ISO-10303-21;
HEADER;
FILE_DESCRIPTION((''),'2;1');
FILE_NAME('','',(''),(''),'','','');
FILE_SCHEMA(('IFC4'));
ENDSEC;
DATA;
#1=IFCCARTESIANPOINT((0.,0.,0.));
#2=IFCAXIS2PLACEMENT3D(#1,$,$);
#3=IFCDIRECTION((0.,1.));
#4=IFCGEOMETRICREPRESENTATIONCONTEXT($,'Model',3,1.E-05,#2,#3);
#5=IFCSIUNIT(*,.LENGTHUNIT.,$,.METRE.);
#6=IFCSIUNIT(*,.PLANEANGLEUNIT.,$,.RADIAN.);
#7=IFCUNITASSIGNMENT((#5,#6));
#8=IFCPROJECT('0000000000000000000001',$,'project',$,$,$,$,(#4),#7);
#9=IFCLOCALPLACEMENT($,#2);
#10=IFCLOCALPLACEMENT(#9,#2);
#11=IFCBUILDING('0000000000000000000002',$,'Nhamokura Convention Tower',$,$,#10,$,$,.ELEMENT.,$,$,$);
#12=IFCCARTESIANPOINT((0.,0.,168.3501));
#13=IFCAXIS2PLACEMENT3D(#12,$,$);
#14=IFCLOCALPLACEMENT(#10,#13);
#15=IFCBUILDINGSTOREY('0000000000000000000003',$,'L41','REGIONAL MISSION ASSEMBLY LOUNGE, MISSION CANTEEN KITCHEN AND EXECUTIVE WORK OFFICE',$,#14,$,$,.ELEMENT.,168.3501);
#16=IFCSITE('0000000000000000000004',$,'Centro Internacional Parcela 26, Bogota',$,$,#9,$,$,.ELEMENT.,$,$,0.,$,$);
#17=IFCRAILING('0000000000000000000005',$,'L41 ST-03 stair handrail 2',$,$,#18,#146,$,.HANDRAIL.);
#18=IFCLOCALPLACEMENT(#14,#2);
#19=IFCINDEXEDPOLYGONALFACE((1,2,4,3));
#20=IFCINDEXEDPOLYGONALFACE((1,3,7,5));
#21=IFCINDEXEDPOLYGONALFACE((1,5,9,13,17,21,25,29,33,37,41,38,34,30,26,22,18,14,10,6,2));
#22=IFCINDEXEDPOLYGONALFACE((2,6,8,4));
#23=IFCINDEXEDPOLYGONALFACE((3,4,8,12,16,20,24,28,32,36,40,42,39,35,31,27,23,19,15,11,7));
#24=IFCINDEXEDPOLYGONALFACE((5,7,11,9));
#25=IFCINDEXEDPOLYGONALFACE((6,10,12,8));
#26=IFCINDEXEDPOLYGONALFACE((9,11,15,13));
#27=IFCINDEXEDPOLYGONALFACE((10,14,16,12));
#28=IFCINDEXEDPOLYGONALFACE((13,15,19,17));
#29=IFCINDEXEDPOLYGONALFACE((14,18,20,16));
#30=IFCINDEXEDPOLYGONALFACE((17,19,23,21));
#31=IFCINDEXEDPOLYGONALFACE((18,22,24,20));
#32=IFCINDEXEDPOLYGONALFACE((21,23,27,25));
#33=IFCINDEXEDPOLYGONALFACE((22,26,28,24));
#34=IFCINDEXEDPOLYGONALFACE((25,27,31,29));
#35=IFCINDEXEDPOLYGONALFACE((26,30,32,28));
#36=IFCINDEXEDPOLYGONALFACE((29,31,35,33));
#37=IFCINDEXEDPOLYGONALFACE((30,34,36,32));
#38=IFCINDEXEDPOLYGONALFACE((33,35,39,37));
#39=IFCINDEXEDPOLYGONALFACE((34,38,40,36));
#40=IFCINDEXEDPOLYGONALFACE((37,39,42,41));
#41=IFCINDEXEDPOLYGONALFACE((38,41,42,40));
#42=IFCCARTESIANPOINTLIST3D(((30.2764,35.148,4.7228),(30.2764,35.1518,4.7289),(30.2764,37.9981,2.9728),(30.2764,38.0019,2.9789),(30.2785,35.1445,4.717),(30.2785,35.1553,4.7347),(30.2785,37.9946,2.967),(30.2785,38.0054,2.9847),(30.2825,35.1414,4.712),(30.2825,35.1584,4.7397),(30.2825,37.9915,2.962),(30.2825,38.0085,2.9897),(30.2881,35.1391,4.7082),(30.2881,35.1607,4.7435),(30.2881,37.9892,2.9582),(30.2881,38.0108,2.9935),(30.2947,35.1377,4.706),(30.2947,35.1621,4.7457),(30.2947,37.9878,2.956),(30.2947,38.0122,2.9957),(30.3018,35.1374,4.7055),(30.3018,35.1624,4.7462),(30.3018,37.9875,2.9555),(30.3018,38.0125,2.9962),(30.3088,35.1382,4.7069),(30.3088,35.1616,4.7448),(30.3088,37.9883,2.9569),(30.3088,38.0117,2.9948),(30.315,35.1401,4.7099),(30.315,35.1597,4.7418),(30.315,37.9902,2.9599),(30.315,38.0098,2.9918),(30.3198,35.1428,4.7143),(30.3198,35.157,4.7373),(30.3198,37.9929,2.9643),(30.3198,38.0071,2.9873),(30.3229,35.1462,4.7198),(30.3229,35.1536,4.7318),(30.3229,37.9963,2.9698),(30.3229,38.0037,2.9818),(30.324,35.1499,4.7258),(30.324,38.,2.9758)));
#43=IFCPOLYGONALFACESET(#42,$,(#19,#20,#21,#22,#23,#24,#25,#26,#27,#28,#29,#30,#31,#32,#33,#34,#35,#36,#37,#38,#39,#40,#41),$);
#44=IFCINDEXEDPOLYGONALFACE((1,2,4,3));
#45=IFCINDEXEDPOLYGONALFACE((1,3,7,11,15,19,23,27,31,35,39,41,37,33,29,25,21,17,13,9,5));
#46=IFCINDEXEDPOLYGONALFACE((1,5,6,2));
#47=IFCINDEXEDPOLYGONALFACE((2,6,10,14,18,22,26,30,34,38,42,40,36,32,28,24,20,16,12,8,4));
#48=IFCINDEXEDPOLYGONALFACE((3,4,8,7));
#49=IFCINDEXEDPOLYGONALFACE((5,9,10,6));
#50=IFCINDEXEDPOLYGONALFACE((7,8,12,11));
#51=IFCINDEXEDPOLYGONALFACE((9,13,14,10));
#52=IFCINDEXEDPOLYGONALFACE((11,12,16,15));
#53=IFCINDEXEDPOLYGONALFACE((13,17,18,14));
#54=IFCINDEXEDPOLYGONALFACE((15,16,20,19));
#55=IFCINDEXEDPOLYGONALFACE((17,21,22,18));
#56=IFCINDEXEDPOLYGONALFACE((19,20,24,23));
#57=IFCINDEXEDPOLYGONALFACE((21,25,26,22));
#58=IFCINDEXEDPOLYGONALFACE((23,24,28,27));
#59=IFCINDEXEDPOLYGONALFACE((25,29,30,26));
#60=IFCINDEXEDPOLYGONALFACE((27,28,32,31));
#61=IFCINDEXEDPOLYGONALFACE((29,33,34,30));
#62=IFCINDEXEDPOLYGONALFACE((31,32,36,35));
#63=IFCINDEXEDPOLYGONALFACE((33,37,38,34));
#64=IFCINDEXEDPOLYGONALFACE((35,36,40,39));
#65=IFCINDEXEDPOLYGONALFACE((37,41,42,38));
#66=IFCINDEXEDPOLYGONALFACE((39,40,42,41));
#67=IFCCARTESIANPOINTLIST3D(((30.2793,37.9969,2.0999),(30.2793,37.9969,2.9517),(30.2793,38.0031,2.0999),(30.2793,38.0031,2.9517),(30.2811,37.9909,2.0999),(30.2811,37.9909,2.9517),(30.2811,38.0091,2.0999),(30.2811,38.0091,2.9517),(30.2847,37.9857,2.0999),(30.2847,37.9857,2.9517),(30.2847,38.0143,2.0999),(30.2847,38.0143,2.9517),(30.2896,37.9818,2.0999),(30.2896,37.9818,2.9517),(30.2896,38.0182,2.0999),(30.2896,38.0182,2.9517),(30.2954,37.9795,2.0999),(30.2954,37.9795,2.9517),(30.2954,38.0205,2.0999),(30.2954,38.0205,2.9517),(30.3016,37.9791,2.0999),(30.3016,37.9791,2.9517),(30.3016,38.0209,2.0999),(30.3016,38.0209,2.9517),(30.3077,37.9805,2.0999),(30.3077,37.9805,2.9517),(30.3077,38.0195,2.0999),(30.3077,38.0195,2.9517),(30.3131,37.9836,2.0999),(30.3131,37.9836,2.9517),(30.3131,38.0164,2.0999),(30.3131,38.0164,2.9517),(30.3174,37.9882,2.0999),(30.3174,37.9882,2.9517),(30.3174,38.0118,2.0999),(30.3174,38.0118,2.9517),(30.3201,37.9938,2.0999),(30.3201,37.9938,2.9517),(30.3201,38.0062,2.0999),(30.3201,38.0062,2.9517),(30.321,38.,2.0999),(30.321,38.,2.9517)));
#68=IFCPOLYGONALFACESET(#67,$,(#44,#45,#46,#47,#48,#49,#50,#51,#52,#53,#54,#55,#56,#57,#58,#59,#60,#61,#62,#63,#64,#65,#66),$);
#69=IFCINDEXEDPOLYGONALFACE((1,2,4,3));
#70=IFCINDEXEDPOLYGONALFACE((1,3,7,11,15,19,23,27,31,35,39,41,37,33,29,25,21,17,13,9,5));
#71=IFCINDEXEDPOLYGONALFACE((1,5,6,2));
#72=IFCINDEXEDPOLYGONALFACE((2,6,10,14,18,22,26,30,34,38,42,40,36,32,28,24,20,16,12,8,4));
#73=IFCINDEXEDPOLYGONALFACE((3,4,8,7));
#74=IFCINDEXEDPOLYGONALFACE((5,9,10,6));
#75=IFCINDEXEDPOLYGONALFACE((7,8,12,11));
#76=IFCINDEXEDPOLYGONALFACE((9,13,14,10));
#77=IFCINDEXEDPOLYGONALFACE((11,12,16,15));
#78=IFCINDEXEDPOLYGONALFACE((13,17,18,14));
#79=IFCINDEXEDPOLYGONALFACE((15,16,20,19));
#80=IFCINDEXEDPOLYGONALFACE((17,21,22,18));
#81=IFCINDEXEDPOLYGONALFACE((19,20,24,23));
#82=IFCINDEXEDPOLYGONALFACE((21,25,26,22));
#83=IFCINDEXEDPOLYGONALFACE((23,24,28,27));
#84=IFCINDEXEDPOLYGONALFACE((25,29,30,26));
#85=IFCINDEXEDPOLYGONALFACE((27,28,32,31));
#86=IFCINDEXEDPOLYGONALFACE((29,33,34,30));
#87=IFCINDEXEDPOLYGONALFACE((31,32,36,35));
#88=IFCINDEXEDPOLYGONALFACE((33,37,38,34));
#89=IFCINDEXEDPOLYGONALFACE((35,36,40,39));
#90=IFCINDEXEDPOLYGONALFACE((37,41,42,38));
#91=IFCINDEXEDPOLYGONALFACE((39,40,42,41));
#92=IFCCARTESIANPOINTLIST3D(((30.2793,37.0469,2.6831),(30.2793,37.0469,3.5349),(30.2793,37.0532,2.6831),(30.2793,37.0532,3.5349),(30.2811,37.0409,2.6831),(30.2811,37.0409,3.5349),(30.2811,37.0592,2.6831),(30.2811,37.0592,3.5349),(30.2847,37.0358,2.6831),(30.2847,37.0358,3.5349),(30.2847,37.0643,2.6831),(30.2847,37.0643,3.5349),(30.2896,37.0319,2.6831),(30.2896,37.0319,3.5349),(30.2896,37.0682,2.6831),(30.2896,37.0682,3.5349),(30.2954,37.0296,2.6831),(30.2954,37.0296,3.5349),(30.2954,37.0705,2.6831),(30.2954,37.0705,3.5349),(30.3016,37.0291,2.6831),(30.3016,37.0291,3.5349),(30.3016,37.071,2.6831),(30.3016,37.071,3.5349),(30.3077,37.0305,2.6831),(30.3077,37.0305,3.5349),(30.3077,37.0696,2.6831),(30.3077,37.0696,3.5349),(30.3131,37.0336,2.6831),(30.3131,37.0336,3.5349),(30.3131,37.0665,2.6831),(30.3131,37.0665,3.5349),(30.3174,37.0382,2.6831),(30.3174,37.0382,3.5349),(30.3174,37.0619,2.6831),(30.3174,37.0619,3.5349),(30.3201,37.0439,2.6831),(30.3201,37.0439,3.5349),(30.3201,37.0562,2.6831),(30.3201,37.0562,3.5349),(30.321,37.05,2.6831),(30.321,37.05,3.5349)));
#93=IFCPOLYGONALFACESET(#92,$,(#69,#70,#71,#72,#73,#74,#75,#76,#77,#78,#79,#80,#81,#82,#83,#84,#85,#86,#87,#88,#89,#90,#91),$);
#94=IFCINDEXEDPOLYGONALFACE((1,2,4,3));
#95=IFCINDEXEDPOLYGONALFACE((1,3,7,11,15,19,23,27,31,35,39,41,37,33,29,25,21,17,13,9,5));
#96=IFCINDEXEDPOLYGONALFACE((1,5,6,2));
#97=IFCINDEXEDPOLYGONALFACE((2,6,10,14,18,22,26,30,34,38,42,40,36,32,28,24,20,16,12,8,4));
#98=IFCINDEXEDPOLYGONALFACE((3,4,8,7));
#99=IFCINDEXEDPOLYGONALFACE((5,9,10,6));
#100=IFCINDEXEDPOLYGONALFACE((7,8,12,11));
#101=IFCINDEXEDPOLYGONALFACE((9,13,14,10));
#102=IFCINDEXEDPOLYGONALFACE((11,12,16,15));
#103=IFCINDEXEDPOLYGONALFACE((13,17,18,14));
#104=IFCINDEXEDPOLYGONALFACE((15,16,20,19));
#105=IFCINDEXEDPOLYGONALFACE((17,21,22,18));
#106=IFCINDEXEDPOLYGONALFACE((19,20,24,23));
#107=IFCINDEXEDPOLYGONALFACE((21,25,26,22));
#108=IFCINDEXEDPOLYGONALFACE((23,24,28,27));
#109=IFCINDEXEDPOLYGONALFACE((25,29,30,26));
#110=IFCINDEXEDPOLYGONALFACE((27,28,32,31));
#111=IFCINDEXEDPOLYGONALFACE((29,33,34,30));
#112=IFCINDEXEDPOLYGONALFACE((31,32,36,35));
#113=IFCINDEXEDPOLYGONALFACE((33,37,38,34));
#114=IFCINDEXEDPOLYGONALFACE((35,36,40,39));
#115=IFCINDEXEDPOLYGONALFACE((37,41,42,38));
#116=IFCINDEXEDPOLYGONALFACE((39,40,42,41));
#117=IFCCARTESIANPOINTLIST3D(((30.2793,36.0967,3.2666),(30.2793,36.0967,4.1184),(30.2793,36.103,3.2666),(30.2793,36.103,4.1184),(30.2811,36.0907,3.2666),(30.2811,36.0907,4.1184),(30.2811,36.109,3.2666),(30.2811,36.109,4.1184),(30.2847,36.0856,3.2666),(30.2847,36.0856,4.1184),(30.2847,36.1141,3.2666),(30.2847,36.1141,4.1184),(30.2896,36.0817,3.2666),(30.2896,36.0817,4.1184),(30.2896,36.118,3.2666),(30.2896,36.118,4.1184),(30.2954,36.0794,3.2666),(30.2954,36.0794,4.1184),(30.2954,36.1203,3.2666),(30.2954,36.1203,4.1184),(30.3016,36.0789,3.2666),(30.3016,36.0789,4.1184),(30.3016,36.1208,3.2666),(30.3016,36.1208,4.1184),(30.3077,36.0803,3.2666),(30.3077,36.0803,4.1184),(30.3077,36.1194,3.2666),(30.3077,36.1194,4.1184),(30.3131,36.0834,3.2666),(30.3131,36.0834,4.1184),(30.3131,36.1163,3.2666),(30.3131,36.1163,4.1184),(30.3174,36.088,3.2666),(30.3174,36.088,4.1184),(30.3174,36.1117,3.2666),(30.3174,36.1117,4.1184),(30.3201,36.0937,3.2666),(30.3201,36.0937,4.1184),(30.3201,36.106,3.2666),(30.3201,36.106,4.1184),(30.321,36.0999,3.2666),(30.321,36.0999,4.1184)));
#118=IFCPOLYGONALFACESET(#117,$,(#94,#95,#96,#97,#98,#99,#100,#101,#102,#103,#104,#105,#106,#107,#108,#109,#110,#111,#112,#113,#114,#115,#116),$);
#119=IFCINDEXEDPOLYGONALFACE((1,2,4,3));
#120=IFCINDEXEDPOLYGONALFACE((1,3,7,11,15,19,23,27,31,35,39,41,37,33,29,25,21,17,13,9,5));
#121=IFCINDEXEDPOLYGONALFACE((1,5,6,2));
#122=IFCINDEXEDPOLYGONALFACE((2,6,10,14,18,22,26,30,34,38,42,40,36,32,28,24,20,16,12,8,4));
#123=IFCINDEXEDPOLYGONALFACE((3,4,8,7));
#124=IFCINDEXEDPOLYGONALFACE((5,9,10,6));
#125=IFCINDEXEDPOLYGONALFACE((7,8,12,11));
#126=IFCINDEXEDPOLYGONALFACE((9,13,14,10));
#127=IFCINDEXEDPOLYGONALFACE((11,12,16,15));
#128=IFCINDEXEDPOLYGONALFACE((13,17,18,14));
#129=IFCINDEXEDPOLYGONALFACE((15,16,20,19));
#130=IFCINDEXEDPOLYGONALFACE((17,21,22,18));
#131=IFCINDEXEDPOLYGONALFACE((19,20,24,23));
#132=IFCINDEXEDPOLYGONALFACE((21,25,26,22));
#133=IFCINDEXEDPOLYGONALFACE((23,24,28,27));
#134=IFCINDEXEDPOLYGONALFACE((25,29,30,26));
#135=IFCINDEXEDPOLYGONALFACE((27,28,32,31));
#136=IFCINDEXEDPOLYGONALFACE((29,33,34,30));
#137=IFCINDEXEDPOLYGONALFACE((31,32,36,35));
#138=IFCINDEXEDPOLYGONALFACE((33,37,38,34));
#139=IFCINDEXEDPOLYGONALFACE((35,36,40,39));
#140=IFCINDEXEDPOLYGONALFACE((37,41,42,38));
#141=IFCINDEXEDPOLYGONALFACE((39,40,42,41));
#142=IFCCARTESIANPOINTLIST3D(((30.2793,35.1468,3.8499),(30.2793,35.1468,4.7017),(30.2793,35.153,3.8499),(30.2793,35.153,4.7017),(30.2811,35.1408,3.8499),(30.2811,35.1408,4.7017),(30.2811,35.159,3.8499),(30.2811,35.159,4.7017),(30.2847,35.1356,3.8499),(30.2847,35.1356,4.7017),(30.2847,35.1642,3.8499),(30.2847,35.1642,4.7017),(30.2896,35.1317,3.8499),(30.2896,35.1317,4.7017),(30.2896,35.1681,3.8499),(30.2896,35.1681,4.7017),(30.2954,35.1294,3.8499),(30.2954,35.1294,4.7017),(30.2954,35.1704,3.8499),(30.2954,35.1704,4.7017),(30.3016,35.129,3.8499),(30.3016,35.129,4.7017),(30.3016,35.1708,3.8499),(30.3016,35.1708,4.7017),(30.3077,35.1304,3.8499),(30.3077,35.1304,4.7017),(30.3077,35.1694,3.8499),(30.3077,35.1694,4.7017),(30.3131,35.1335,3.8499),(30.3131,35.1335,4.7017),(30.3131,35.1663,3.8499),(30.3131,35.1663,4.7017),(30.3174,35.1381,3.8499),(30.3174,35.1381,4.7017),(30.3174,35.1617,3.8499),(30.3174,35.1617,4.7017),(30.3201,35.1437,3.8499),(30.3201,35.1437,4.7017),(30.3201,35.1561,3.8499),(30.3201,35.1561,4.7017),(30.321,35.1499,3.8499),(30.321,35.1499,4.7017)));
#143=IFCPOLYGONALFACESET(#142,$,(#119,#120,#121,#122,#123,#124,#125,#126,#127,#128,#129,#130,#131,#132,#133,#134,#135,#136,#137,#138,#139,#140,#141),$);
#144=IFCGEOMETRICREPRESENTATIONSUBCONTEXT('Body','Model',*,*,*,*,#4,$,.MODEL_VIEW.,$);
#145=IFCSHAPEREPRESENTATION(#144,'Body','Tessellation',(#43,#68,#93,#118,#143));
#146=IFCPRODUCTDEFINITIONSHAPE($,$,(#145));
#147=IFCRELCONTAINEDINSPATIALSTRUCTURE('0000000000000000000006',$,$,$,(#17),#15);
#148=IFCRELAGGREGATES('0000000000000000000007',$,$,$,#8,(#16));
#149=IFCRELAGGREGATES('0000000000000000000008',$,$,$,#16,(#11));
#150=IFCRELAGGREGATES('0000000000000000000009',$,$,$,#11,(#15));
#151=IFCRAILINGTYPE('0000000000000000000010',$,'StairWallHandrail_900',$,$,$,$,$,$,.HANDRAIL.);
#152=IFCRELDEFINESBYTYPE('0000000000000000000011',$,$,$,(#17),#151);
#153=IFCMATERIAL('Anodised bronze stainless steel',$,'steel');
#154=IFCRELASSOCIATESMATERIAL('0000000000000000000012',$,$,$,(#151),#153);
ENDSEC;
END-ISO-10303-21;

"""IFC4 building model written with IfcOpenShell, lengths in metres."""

from ifc_helpers import new_model, si_unit, direction, frame, origin, origin_2d, place, context, subcontext, project, spatial, circle, extrude, material, type_object, element, save


model = new_model("IFC4")

# Units and contexts
model_context = context("Model", 3, precision=1e-05, world=origin(), true_north=direction((0.0, 1.0)))
body_context = subcontext(model_context, "Body", "Model", "MODEL_VIEW")
ifc_project = project(units=[si_unit("LENGTHUNIT", "METRE"), si_unit("PLANEANGLEUNIT", "RADIAN")], contexts=[model_context])

# Site, building, storey
site_placement = place(None, origin())
site = spatial("IfcSite", under=ifc_project, at=site_placement, Name="Centro Internacional Parcela 26, Bogota", CompositionType="ELEMENT", RefElevation=0.0)
building_placement = place(site_placement, origin())
building = spatial("IfcBuilding", under=site, at=building_placement, Name="Nhamokura Convention Tower", CompositionType="ELEMENT")
storey_placement = place(building_placement, frame((0.0, 0.0, 168.3501)))
storey = spatial("IfcBuildingStorey", under=building, at=storey_placement, Name="L41", Description="REGIONAL MISSION ASSEMBLY LOUNGE, MISSION CANTEEN KITCHEN AND EXECUTIVE WORK OFFICE", CompositionType="ELEMENT", Elevation=168.3501)

# Railing
ifc_material_1 = material(Name="Anodised bronze stainless steel", Category="steel")
railing_type_1 = type_object("IfcRailingType", Name="StairWallHandrail_900", PredefinedType="HANDRAIL", material=ifc_material_1)
railing_1_placement = place(storey_placement, frame((30.3, 38.0, 2.0999)))
element("IfcRailing", 1, at=railing_1_placement, inside=storey, type_object=railing_type_1, Name="L41 ST-03 stair handrail 2", PredefinedType="HANDRAIL", context=body_context, shape_type="SweptSolid", body=[
    extrude(circle(Radius=0.0239, at=origin_2d()), frame((0.0, 0.0, 0.876), z_axis=(0.0, -0.852179, 0.52325), x_axis=(1.0, 0.0, 0.0)), (0.0, 0.0, 1.0), 3.3445),
    extrude(circle(Radius=0.021, at=origin_2d()), origin(), (0.0, 0.0, 1.0), 0.8518),
    extrude(circle(Radius=0.021, at=origin_2d()), frame((0.0, -0.95, 0.5833)), (0.0, 0.0, 1.0), 0.8518),
    extrude(circle(Radius=0.021, at=origin_2d()), frame((0.0, -1.9001, 1.1667)), (0.0, 0.0, 1.0), 0.8518),
    extrude(circle(Radius=0.021, at=origin_2d()), frame((0.0, -2.8501, 1.75)), (0.0, 0.0, 1.0), 0.8518),
])

save(model, "model.ifc")
